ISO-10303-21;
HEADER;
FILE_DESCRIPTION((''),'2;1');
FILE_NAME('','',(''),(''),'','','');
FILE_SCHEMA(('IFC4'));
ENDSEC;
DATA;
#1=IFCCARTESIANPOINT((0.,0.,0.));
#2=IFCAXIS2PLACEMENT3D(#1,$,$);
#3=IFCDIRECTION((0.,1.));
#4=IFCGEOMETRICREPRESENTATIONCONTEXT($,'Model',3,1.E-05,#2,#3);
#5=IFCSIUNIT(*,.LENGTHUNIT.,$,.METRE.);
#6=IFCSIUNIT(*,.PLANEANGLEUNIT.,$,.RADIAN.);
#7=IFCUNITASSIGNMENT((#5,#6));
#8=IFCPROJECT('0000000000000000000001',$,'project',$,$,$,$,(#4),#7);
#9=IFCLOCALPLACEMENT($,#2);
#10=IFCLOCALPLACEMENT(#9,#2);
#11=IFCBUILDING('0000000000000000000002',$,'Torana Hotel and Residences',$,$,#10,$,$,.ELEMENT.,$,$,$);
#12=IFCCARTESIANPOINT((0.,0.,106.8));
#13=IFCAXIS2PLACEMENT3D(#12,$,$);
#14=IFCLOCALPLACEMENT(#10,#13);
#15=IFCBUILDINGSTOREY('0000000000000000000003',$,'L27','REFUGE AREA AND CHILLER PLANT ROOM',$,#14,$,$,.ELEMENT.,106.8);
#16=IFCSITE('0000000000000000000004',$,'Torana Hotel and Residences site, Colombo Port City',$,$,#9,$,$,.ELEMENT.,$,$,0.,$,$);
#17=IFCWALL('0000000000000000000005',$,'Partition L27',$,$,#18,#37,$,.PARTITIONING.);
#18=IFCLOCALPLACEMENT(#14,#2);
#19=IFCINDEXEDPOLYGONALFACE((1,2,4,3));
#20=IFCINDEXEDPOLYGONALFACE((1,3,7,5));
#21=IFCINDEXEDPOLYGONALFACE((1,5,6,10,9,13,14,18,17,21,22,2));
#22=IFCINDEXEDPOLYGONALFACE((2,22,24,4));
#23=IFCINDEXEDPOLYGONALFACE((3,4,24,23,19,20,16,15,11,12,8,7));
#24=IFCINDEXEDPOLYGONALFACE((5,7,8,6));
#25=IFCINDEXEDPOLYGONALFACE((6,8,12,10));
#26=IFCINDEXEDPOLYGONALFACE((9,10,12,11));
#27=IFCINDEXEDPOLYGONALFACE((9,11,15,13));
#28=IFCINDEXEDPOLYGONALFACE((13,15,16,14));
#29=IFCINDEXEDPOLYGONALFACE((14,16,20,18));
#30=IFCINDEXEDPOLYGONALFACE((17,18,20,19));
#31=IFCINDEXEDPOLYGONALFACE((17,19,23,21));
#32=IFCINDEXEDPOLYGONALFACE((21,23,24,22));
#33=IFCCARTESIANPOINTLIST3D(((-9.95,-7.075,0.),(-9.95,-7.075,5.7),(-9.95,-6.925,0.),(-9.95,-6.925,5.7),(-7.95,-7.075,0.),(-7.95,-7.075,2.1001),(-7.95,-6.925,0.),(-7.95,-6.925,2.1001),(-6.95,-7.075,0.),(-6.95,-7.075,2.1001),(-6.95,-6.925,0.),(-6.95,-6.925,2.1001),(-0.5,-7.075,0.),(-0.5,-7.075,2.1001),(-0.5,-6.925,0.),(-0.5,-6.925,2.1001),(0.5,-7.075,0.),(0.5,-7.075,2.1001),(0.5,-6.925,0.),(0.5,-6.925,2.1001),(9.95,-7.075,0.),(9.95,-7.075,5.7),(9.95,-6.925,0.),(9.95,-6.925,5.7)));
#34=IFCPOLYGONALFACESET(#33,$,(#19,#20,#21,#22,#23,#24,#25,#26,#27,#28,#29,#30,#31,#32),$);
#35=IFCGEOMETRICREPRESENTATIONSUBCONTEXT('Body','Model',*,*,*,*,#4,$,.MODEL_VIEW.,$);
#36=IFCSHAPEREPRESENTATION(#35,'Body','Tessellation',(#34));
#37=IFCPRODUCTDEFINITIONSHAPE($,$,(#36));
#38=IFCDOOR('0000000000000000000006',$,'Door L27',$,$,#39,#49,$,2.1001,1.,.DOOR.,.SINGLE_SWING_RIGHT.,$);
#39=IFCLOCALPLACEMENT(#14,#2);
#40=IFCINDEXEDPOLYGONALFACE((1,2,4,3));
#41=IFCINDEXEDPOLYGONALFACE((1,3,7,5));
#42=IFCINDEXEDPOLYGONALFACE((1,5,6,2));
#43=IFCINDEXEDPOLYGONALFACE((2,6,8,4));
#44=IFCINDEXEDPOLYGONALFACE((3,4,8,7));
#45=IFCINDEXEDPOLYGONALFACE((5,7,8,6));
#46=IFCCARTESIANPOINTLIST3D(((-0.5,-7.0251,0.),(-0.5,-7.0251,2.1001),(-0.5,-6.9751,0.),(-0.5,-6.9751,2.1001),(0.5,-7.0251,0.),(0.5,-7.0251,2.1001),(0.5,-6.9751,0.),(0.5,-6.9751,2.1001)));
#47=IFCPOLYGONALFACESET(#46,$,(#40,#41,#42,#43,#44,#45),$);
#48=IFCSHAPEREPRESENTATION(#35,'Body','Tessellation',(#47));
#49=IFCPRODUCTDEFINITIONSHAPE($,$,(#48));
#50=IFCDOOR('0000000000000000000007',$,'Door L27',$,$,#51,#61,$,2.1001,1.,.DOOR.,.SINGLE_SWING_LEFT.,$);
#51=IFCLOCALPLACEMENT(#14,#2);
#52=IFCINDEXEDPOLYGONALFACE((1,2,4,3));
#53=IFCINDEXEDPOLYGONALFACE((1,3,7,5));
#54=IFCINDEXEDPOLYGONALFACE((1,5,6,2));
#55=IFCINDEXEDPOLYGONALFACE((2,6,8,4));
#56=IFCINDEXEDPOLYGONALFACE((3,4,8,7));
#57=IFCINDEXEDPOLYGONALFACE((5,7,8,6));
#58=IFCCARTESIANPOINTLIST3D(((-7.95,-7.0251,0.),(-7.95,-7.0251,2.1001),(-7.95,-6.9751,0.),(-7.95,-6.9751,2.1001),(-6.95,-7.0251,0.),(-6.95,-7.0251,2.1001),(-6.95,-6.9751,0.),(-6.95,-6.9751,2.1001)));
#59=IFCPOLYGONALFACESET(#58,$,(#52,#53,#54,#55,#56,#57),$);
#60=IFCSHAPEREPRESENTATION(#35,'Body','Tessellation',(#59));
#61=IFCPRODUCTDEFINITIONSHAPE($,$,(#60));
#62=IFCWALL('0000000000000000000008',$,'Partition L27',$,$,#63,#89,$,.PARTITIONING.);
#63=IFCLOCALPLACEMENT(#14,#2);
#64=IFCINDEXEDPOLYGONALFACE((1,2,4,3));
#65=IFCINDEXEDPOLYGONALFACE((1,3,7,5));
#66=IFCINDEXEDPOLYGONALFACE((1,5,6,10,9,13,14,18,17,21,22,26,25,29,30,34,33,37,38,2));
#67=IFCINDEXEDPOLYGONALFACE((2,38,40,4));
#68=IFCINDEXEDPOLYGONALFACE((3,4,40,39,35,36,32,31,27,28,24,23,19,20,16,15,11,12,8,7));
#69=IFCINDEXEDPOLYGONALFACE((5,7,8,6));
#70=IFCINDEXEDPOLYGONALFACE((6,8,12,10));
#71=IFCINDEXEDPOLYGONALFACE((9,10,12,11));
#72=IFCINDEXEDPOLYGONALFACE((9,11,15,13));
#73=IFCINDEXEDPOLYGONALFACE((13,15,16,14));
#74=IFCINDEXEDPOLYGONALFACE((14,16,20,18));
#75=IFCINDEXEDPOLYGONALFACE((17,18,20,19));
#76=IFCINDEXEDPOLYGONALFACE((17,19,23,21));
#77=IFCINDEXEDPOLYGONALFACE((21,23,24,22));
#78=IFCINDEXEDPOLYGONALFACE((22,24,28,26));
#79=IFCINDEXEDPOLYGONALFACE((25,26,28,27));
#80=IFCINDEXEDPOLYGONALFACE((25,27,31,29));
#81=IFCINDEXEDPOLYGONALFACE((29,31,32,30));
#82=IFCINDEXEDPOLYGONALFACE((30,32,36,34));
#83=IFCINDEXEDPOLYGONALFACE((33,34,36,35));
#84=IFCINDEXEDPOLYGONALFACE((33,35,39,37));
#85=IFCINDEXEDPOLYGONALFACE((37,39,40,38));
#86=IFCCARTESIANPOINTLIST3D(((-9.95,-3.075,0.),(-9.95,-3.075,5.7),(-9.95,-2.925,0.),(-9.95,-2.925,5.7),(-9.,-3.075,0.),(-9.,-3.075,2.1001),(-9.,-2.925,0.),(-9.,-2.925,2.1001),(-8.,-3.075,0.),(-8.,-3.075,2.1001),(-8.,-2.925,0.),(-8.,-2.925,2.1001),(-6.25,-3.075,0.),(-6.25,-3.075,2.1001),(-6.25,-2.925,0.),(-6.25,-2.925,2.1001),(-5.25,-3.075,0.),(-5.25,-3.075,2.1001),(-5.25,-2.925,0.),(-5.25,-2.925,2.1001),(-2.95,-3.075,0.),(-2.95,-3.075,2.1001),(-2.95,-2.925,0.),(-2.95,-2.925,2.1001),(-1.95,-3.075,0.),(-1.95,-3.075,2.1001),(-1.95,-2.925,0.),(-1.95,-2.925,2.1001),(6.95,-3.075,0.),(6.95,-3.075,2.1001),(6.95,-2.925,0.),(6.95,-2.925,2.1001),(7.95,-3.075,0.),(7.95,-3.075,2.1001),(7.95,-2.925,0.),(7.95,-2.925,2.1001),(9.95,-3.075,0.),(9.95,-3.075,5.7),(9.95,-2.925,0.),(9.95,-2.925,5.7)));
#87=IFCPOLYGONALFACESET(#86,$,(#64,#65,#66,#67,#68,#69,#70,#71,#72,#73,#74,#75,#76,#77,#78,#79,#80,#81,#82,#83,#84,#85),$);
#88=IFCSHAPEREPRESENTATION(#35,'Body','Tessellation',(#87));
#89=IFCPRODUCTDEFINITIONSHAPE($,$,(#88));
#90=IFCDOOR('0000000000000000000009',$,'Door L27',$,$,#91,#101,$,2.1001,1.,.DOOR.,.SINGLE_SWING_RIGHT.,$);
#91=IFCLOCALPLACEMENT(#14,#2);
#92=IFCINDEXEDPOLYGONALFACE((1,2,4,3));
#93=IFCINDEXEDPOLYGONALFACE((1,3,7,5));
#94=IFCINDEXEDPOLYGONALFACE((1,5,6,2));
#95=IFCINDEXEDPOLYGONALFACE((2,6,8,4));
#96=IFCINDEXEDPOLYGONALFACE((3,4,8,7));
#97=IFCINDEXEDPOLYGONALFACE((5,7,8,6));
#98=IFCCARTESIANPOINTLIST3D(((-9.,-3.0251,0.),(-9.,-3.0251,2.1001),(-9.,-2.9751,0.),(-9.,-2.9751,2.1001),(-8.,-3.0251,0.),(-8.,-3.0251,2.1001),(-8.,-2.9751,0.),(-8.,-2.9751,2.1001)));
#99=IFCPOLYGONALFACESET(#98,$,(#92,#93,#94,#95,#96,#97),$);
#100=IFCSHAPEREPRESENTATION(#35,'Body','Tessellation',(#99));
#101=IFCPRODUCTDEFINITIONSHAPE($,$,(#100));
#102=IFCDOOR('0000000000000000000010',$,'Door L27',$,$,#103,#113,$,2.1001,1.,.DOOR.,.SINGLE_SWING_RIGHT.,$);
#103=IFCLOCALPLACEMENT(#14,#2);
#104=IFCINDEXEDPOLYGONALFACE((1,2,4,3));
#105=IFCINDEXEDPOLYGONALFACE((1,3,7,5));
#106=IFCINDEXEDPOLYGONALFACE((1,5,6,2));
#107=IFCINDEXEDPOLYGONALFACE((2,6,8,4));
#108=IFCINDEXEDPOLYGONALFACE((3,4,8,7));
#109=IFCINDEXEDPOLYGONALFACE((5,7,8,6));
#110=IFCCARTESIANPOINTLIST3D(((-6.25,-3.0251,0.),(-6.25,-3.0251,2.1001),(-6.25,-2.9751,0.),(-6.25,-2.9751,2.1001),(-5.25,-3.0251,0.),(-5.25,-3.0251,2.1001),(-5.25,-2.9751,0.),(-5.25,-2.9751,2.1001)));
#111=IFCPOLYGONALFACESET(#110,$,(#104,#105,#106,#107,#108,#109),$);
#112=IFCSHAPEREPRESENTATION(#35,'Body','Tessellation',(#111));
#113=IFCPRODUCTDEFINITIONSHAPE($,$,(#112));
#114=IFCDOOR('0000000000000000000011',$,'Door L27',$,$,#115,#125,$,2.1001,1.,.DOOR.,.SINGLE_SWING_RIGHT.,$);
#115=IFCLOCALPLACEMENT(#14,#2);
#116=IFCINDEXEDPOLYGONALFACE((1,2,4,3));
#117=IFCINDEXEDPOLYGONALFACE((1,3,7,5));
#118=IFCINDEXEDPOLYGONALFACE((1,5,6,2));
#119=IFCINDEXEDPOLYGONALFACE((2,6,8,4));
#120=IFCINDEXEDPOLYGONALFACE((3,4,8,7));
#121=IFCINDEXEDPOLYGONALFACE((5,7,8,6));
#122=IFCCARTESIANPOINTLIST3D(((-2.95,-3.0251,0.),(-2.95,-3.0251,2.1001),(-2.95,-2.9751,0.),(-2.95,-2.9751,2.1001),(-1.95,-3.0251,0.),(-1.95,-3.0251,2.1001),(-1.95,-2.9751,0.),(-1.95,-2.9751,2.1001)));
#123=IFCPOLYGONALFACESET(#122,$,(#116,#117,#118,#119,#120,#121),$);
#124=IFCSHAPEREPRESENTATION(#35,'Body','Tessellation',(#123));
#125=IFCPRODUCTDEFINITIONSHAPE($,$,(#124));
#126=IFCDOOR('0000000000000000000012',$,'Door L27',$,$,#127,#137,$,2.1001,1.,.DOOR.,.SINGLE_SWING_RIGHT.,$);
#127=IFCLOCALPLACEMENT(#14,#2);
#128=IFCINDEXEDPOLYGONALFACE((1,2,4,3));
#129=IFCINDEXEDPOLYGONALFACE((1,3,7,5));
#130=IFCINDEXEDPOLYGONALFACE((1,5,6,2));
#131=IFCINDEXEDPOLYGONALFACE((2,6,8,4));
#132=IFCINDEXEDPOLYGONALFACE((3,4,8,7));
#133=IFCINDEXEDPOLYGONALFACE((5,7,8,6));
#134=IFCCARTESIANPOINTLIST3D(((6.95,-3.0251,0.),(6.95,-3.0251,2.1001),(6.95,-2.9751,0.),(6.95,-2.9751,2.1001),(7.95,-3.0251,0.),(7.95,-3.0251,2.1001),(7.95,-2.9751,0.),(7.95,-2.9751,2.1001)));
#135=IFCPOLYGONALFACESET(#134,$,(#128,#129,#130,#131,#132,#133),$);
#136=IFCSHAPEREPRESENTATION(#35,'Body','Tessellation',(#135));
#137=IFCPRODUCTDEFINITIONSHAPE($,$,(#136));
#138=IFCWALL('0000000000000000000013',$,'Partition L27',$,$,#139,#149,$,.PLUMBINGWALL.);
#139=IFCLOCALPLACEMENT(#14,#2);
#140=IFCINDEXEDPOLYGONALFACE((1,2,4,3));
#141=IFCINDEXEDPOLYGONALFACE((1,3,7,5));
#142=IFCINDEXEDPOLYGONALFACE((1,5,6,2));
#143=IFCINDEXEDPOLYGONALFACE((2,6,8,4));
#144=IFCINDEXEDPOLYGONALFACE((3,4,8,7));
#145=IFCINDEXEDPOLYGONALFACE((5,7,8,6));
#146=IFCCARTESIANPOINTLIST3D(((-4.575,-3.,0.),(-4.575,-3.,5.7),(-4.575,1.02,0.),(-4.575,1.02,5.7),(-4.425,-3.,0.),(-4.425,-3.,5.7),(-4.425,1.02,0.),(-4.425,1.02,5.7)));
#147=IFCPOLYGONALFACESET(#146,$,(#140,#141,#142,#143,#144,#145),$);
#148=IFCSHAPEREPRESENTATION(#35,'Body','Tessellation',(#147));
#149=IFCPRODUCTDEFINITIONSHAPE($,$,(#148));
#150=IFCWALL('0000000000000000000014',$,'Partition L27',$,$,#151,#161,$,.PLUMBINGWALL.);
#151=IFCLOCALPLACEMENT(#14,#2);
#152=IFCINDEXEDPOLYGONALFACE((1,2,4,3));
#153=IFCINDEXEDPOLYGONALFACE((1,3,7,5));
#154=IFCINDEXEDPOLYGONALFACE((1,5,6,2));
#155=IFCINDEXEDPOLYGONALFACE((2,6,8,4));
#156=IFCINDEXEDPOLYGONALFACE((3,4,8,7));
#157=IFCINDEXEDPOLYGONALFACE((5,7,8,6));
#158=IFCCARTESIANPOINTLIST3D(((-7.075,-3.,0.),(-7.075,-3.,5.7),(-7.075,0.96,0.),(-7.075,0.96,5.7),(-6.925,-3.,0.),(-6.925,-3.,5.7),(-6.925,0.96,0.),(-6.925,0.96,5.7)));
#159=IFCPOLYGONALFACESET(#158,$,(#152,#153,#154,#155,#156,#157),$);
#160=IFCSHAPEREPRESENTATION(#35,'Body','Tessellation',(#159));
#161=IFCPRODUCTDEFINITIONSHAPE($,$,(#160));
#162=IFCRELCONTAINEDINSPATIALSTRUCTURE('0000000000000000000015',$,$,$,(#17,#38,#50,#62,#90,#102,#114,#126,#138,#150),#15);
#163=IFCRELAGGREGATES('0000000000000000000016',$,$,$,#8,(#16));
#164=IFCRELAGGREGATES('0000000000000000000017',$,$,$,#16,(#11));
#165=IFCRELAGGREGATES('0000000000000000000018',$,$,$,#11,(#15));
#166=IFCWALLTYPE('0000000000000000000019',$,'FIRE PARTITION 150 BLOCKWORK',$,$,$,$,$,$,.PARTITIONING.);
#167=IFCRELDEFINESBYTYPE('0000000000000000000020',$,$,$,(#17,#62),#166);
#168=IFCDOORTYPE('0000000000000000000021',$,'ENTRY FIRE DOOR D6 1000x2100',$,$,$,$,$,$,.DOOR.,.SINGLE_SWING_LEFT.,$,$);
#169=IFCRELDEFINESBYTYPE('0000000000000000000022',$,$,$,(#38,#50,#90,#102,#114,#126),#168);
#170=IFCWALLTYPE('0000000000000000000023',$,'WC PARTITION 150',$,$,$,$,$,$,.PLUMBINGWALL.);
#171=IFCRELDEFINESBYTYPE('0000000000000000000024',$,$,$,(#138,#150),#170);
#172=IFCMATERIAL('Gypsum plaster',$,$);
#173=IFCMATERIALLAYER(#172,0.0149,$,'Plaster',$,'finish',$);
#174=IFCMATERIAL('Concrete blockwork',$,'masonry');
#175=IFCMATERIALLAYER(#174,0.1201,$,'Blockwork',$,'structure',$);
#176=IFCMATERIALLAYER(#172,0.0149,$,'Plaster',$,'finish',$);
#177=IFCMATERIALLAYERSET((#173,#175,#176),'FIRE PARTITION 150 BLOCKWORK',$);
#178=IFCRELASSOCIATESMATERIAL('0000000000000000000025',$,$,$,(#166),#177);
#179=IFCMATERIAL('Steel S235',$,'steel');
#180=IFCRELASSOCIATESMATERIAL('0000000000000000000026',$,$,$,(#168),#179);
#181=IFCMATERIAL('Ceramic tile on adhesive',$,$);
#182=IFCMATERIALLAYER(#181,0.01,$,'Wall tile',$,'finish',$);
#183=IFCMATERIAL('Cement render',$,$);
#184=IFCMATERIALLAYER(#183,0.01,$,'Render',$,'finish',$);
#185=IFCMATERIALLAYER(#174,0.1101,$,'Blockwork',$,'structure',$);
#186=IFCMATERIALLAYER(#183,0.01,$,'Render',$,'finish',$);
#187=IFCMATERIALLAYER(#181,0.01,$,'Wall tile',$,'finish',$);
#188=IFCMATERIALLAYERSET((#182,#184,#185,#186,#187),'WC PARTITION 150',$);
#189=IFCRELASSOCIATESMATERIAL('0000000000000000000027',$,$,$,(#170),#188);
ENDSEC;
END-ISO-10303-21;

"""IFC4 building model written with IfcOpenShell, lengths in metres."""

from ifc_helpers import new_model, si_unit, direction, frame, frame_2d, origin, place, context, subcontext, project, spatial, rectangle, extrude, material, layer, layer_set, type_object, element, fill, save


model = new_model("IFC4")

# Units and contexts
model_context = context("Model", 3, precision=1e-05, world=origin(), true_north=direction((0.0, 1.0)))
body_context = subcontext(model_context, "Body", "Model", "MODEL_VIEW")
ifc_project = project(units=[si_unit("LENGTHUNIT", "METRE"), si_unit("PLANEANGLEUNIT", "RADIAN")], contexts=[model_context])

# Site, building, storey
site_placement = place(None, origin())
site = spatial("IfcSite", under=ifc_project, at=site_placement, Name="Torana Hotel and Residences site, Colombo Port City", CompositionType="ELEMENT", RefElevation=0.0)
building_placement = place(site_placement, origin())
building = spatial("IfcBuilding", under=site, at=building_placement, Name="Torana Hotel and Residences", CompositionType="ELEMENT")
storey_placement = place(building_placement, frame((0.0, 0.0, 106.8)))
storey = spatial("IfcBuildingStorey", under=building, at=storey_placement, Name="L27", Description="REFUGE AREA AND CHILLER PLANT ROOM", CompositionType="ELEMENT", Elevation=106.8)

# Shared definitions
ifc_material_1 = material(Name="Gypsum plaster")
ifc_layer_1 = layer(ifc_material_1, 0.0149, Name="Plaster", Category="finish")
ifc_material_2 = material(Name="Concrete blockwork", Category="masonry")
ifc_layer_2 = layer(ifc_material_2, 0.1201, Name="Blockwork", Category="structure")
ifc_layer_3 = layer(ifc_material_1, 0.0149, Name="Plaster", Category="finish")
ifc_layer_set_1 = layer_set([ifc_layer_1, ifc_layer_2, ifc_layer_3], Name="FIRE PARTITION 150 BLOCKWORK")
wall_type_1 = type_object("IfcWallType", Name="FIRE PARTITION 150 BLOCKWORK", PredefinedType="PARTITIONING", material=ifc_layer_set_1)

# Walls, openings, doors
wall_1_placement = place(storey_placement, frame((-9.95, -7.0, 0.0), z_axis=(0.0, 0.0, 1.0), x_axis=(1.0, 0.0, 0.0)))
wall_1 = element("IfcWall", 1, at=wall_1_placement, inside=storey, type_object=wall_type_1, Name="Partition L27", PredefinedType="PARTITIONING", context=body_context, shape_type="SweptSolid", body=[
    extrude(rectangle(XDim=19.8999, YDim=0.1499, at=frame_2d((9.95, 0.0))), origin(), (0.0, 0.0, 1.0), 5.7),
])
opening_1_placement = place(wall_1_placement, frame((9.45, 0.0, 0.0)))
opening_1 = element("IfcOpeningElement", 2, at=opening_1_placement, cuts=wall_1, PredefinedType="OPENING", context=body_context, shape_type="SweptSolid", body=[
    extrude(rectangle(XDim=1.0, YDim=2.1001, at=frame_2d((0.5, 1.05))), frame((0.0, 0.085, 0.0), z_axis=(0.0, -1.0, 0.0), x_axis=(1.0, 0.0, 0.0)), (0.0, 0.0, 1.0), 0.1699),
])
opening_2_placement = place(wall_1_placement, frame((2.0, 0.0, 0.0)))
opening_2 = element("IfcOpeningElement", 3, at=opening_2_placement, cuts=wall_1, PredefinedType="OPENING", context=body_context, shape_type="SweptSolid", body=[
    extrude(rectangle(XDim=1.0, YDim=2.1001, at=frame_2d((0.5, 1.05))), frame((0.0, 0.085, 0.0), z_axis=(0.0, -1.0, 0.0), x_axis=(1.0, 0.0, 0.0)), (0.0, 0.0, 1.0), 0.1699),
])
ifc_material_3 = material(Name="Steel S235", Category="steel")
door_type = type_object("IfcDoorType", Name="ENTRY FIRE DOOR D6 1000x2100", OperationType="SINGLE_SWING_LEFT", PredefinedType="DOOR", material=ifc_material_3)
door_1_placement = place(opening_1_placement, origin())
door_1 = element("IfcDoor", 4, at=door_1_placement, inside=storey, type_object=door_type, Name="Door L27", OperationType="SINGLE_SWING_RIGHT", OverallHeight=2.1001, OverallWidth=1.0, PredefinedType="DOOR", context=body_context, shape_type="SweptSolid", body=[
    extrude(rectangle(XDim=1.0, YDim=2.1001, at=frame_2d((0.5, 1.05))), frame((0.0, 0.0249, 0.0), z_axis=(0.0, -1.0, 0.0), x_axis=(1.0, 0.0, 0.0)), (0.0, 0.0, 1.0), 0.05),
])
fill(opening_1, door_1)
door_2_placement = place(opening_2_placement, frame((0.5, 0.0, 0.0), z_axis=(0.0, 0.0, 1.0), x_axis=(-1.0, 0.0, 0.0)))
door_2 = element("IfcDoor", 5, at=door_2_placement, inside=storey, type_object=door_type, Name="Door L27", OperationType="SINGLE_SWING_LEFT", OverallHeight=2.1001, OverallWidth=1.0, PredefinedType="DOOR", context=body_context, shape_type="SweptSolid", body=[
    extrude(rectangle(XDim=1.0, YDim=2.1001, at=frame_2d((0.0, 1.05))), frame((0.0, -0.0249, 0.0), z_axis=(0.0, 1.0, 0.0), x_axis=(-1.0, 0.0, 0.0)), (0.0, 0.0, 1.0), 0.05),
])
fill(opening_2, door_2)
wall_2_placement = place(storey_placement, frame((-9.95, -3.0, 0.0), z_axis=(0.0, 0.0, 1.0), x_axis=(1.0, 0.0, 0.0)))
wall_2 = element("IfcWall", 6, at=wall_2_placement, inside=storey, type_object=wall_type_1, Name="Partition L27", PredefinedType="PARTITIONING", context=body_context, shape_type="SweptSolid", body=[
    extrude(rectangle(XDim=19.8999, YDim=0.1499, at=frame_2d((9.95, 0.0))), origin(), (0.0, 0.0, 1.0), 5.7),
])
opening_3_placement = place(wall_2_placement, frame((0.95, 0.0, 0.0)))
opening_3 = element("IfcOpeningElement", 7, at=opening_3_placement, cuts=wall_2, PredefinedType="OPENING", context=body_context, shape_type="SweptSolid", body=[
    extrude(rectangle(XDim=1.0, YDim=2.1001, at=frame_2d((0.5, 1.05))), frame((0.0, 0.085, 0.0), z_axis=(0.0, -1.0, 0.0), x_axis=(1.0, 0.0, 0.0)), (0.0, 0.0, 1.0), 0.1699),
])
opening_4_placement = place(wall_2_placement, frame((3.7, 0.0, 0.0)))
opening_4 = element("IfcOpeningElement", 8, at=opening_4_placement, cuts=wall_2, PredefinedType="OPENING", context=body_context, shape_type="SweptSolid", body=[
    extrude(rectangle(XDim=1.0, YDim=2.1001, at=frame_2d((0.5, 1.05))), frame((0.0, 0.085, 0.0), z_axis=(0.0, -1.0, 0.0), x_axis=(1.0, 0.0, 0.0)), (0.0, 0.0, 1.0), 0.1699),
])
opening_5_placement = place(wall_2_placement, frame((7.0, 0.0, 0.0)))
opening_5 = element("IfcOpeningElement", 9, at=opening_5_placement, cuts=wall_2, PredefinedType="OPENING", context=body_context, shape_type="SweptSolid", body=[
    extrude(rectangle(XDim=1.0, YDim=2.1001, at=frame_2d((0.5, 1.05))), frame((0.0, 0.085, 0.0), z_axis=(0.0, -1.0, 0.0), x_axis=(1.0, 0.0, 0.0)), (0.0, 0.0, 1.0), 0.1699),
])
opening_6_placement = place(wall_2_placement, frame((16.8999, 0.0, 0.0)))
opening_6 = element("IfcOpeningElement", 10, at=opening_6_placement, cuts=wall_2, PredefinedType="OPENING", context=body_context, shape_type="SweptSolid", body=[
    extrude(rectangle(XDim=1.0, YDim=2.1001, at=frame_2d((0.5, 1.05))), frame((0.0, 0.085, 0.0), z_axis=(0.0, -1.0, 0.0), x_axis=(1.0, 0.0, 0.0)), (0.0, 0.0, 1.0), 0.1699),
])
door_3_placement = place(opening_3_placement, origin())
door_3 = element("IfcDoor", 11, at=door_3_placement, inside=storey, type_object=door_type, Name="Door L27", OperationType="SINGLE_SWING_RIGHT", OverallHeight=2.1001, OverallWidth=1.0, PredefinedType="DOOR", context=body_context, shape_type="SweptSolid", body=[
    extrude(rectangle(XDim=1.0, YDim=2.1001, at=frame_2d((0.5, 1.05))), frame((0.0, 0.0249, 0.0), z_axis=(0.0, -1.0, 0.0), x_axis=(1.0, 0.0, 0.0)), (0.0, 0.0, 1.0), 0.05),
])
fill(opening_3, door_3)
door_4_placement = place(opening_4_placement, origin())
door_4 = element("IfcDoor", 12, at=door_4_placement, inside=storey, type_object=door_type, Name="Door L27", OperationType="SINGLE_SWING_RIGHT", OverallHeight=2.1001, OverallWidth=1.0, PredefinedType="DOOR", context=body_context, shape_type="SweptSolid", body=[
    extrude(rectangle(XDim=1.0, YDim=2.1001, at=frame_2d((0.5, 1.05))), frame((0.0, 0.0249, 0.0), z_axis=(0.0, -1.0, 0.0), x_axis=(1.0, 0.0, 0.0)), (0.0, 0.0, 1.0), 0.05),
])
fill(opening_4, door_4)
door_5_placement = place(opening_5_placement, origin())
door_5 = element("IfcDoor", 13, at=door_5_placement, inside=storey, type_object=door_type, Name="Door L27", OperationType="SINGLE_SWING_RIGHT", OverallHeight=2.1001, OverallWidth=1.0, PredefinedType="DOOR", context=body_context, shape_type="SweptSolid", body=[
    extrude(rectangle(XDim=1.0, YDim=2.1001, at=frame_2d((0.5, 1.05))), frame((0.0, 0.0249, 0.0), z_axis=(0.0, -1.0, 0.0), x_axis=(1.0, 0.0, 0.0)), (0.0, 0.0, 1.0), 0.05),
])
fill(opening_5, door_5)
door_6_placement = place(opening_6_placement, origin())
door_6 = element("IfcDoor", 14, at=door_6_placement, inside=storey, type_object=door_type, Name="Door L27", OperationType="SINGLE_SWING_RIGHT", OverallHeight=2.1001, OverallWidth=1.0, PredefinedType="DOOR", context=body_context, shape_type="SweptSolid", body=[
    extrude(rectangle(XDim=1.0, YDim=2.1001, at=frame_2d((0.5, 1.05))), frame((0.0, 0.0249, 0.0), z_axis=(0.0, -1.0, 0.0), x_axis=(1.0, 0.0, 0.0)), (0.0, 0.0, 1.0), 0.05),
])
fill(opening_6, door_6)

# Walls
ifc_material_4 = material(Name="Ceramic tile on adhesive")
ifc_layer_4 = layer(ifc_material_4, 0.01, Name="Wall tile", Category="finish")
ifc_material_5 = material(Name="Cement render")
ifc_layer_5 = layer(ifc_material_5, 0.01, Name="Render", Category="finish")
ifc_layer_6 = layer(ifc_material_2, 0.1101, Name="Blockwork", Category="structure")
ifc_layer_7 = layer(ifc_material_5, 0.01, Name="Render", Category="finish")
ifc_layer_8 = layer(ifc_material_4, 0.01, Name="Wall tile", Category="finish")
ifc_layer_set_2 = layer_set([ifc_layer_4, ifc_layer_5, ifc_layer_6, ifc_layer_7, ifc_layer_8], Name="WC PARTITION 150")
wall_type_2 = type_object("IfcWallType", Name="WC PARTITION 150", PredefinedType="PLUMBINGWALL", material=ifc_layer_set_2)
wall_3_placement = place(storey_placement, frame((-4.5, -3.0, 0.0), z_axis=(0.0, 0.0, 1.0), x_axis=(0.0, 1.0, 0.0)))
element("IfcWall", 15, at=wall_3_placement, inside=storey, type_object=wall_type_2, Name="Partition L27", PredefinedType="PLUMBINGWALL", context=body_context, shape_type="SweptSolid", body=[
    extrude(rectangle(XDim=4.02, YDim=0.1499, at=frame_2d((2.01, 0.0))), origin(), (0.0, 0.0, 1.0), 5.7),
])
wall_4_placement = place(storey_placement, frame((-7.0, -3.0, 0.0), z_axis=(0.0, 0.0, 1.0), x_axis=(0.0, 1.0, 0.0)))
element("IfcWall", 16, at=wall_4_placement, inside=storey, type_object=wall_type_2, Name="Partition L27", PredefinedType="PLUMBINGWALL", context=body_context, shape_type="SweptSolid", body=[
    extrude(rectangle(XDim=3.96, YDim=0.1499, at=frame_2d((1.98, 0.0))), origin(), (0.0, 0.0, 1.0), 5.7),
])

save(model, "model.ifc")
